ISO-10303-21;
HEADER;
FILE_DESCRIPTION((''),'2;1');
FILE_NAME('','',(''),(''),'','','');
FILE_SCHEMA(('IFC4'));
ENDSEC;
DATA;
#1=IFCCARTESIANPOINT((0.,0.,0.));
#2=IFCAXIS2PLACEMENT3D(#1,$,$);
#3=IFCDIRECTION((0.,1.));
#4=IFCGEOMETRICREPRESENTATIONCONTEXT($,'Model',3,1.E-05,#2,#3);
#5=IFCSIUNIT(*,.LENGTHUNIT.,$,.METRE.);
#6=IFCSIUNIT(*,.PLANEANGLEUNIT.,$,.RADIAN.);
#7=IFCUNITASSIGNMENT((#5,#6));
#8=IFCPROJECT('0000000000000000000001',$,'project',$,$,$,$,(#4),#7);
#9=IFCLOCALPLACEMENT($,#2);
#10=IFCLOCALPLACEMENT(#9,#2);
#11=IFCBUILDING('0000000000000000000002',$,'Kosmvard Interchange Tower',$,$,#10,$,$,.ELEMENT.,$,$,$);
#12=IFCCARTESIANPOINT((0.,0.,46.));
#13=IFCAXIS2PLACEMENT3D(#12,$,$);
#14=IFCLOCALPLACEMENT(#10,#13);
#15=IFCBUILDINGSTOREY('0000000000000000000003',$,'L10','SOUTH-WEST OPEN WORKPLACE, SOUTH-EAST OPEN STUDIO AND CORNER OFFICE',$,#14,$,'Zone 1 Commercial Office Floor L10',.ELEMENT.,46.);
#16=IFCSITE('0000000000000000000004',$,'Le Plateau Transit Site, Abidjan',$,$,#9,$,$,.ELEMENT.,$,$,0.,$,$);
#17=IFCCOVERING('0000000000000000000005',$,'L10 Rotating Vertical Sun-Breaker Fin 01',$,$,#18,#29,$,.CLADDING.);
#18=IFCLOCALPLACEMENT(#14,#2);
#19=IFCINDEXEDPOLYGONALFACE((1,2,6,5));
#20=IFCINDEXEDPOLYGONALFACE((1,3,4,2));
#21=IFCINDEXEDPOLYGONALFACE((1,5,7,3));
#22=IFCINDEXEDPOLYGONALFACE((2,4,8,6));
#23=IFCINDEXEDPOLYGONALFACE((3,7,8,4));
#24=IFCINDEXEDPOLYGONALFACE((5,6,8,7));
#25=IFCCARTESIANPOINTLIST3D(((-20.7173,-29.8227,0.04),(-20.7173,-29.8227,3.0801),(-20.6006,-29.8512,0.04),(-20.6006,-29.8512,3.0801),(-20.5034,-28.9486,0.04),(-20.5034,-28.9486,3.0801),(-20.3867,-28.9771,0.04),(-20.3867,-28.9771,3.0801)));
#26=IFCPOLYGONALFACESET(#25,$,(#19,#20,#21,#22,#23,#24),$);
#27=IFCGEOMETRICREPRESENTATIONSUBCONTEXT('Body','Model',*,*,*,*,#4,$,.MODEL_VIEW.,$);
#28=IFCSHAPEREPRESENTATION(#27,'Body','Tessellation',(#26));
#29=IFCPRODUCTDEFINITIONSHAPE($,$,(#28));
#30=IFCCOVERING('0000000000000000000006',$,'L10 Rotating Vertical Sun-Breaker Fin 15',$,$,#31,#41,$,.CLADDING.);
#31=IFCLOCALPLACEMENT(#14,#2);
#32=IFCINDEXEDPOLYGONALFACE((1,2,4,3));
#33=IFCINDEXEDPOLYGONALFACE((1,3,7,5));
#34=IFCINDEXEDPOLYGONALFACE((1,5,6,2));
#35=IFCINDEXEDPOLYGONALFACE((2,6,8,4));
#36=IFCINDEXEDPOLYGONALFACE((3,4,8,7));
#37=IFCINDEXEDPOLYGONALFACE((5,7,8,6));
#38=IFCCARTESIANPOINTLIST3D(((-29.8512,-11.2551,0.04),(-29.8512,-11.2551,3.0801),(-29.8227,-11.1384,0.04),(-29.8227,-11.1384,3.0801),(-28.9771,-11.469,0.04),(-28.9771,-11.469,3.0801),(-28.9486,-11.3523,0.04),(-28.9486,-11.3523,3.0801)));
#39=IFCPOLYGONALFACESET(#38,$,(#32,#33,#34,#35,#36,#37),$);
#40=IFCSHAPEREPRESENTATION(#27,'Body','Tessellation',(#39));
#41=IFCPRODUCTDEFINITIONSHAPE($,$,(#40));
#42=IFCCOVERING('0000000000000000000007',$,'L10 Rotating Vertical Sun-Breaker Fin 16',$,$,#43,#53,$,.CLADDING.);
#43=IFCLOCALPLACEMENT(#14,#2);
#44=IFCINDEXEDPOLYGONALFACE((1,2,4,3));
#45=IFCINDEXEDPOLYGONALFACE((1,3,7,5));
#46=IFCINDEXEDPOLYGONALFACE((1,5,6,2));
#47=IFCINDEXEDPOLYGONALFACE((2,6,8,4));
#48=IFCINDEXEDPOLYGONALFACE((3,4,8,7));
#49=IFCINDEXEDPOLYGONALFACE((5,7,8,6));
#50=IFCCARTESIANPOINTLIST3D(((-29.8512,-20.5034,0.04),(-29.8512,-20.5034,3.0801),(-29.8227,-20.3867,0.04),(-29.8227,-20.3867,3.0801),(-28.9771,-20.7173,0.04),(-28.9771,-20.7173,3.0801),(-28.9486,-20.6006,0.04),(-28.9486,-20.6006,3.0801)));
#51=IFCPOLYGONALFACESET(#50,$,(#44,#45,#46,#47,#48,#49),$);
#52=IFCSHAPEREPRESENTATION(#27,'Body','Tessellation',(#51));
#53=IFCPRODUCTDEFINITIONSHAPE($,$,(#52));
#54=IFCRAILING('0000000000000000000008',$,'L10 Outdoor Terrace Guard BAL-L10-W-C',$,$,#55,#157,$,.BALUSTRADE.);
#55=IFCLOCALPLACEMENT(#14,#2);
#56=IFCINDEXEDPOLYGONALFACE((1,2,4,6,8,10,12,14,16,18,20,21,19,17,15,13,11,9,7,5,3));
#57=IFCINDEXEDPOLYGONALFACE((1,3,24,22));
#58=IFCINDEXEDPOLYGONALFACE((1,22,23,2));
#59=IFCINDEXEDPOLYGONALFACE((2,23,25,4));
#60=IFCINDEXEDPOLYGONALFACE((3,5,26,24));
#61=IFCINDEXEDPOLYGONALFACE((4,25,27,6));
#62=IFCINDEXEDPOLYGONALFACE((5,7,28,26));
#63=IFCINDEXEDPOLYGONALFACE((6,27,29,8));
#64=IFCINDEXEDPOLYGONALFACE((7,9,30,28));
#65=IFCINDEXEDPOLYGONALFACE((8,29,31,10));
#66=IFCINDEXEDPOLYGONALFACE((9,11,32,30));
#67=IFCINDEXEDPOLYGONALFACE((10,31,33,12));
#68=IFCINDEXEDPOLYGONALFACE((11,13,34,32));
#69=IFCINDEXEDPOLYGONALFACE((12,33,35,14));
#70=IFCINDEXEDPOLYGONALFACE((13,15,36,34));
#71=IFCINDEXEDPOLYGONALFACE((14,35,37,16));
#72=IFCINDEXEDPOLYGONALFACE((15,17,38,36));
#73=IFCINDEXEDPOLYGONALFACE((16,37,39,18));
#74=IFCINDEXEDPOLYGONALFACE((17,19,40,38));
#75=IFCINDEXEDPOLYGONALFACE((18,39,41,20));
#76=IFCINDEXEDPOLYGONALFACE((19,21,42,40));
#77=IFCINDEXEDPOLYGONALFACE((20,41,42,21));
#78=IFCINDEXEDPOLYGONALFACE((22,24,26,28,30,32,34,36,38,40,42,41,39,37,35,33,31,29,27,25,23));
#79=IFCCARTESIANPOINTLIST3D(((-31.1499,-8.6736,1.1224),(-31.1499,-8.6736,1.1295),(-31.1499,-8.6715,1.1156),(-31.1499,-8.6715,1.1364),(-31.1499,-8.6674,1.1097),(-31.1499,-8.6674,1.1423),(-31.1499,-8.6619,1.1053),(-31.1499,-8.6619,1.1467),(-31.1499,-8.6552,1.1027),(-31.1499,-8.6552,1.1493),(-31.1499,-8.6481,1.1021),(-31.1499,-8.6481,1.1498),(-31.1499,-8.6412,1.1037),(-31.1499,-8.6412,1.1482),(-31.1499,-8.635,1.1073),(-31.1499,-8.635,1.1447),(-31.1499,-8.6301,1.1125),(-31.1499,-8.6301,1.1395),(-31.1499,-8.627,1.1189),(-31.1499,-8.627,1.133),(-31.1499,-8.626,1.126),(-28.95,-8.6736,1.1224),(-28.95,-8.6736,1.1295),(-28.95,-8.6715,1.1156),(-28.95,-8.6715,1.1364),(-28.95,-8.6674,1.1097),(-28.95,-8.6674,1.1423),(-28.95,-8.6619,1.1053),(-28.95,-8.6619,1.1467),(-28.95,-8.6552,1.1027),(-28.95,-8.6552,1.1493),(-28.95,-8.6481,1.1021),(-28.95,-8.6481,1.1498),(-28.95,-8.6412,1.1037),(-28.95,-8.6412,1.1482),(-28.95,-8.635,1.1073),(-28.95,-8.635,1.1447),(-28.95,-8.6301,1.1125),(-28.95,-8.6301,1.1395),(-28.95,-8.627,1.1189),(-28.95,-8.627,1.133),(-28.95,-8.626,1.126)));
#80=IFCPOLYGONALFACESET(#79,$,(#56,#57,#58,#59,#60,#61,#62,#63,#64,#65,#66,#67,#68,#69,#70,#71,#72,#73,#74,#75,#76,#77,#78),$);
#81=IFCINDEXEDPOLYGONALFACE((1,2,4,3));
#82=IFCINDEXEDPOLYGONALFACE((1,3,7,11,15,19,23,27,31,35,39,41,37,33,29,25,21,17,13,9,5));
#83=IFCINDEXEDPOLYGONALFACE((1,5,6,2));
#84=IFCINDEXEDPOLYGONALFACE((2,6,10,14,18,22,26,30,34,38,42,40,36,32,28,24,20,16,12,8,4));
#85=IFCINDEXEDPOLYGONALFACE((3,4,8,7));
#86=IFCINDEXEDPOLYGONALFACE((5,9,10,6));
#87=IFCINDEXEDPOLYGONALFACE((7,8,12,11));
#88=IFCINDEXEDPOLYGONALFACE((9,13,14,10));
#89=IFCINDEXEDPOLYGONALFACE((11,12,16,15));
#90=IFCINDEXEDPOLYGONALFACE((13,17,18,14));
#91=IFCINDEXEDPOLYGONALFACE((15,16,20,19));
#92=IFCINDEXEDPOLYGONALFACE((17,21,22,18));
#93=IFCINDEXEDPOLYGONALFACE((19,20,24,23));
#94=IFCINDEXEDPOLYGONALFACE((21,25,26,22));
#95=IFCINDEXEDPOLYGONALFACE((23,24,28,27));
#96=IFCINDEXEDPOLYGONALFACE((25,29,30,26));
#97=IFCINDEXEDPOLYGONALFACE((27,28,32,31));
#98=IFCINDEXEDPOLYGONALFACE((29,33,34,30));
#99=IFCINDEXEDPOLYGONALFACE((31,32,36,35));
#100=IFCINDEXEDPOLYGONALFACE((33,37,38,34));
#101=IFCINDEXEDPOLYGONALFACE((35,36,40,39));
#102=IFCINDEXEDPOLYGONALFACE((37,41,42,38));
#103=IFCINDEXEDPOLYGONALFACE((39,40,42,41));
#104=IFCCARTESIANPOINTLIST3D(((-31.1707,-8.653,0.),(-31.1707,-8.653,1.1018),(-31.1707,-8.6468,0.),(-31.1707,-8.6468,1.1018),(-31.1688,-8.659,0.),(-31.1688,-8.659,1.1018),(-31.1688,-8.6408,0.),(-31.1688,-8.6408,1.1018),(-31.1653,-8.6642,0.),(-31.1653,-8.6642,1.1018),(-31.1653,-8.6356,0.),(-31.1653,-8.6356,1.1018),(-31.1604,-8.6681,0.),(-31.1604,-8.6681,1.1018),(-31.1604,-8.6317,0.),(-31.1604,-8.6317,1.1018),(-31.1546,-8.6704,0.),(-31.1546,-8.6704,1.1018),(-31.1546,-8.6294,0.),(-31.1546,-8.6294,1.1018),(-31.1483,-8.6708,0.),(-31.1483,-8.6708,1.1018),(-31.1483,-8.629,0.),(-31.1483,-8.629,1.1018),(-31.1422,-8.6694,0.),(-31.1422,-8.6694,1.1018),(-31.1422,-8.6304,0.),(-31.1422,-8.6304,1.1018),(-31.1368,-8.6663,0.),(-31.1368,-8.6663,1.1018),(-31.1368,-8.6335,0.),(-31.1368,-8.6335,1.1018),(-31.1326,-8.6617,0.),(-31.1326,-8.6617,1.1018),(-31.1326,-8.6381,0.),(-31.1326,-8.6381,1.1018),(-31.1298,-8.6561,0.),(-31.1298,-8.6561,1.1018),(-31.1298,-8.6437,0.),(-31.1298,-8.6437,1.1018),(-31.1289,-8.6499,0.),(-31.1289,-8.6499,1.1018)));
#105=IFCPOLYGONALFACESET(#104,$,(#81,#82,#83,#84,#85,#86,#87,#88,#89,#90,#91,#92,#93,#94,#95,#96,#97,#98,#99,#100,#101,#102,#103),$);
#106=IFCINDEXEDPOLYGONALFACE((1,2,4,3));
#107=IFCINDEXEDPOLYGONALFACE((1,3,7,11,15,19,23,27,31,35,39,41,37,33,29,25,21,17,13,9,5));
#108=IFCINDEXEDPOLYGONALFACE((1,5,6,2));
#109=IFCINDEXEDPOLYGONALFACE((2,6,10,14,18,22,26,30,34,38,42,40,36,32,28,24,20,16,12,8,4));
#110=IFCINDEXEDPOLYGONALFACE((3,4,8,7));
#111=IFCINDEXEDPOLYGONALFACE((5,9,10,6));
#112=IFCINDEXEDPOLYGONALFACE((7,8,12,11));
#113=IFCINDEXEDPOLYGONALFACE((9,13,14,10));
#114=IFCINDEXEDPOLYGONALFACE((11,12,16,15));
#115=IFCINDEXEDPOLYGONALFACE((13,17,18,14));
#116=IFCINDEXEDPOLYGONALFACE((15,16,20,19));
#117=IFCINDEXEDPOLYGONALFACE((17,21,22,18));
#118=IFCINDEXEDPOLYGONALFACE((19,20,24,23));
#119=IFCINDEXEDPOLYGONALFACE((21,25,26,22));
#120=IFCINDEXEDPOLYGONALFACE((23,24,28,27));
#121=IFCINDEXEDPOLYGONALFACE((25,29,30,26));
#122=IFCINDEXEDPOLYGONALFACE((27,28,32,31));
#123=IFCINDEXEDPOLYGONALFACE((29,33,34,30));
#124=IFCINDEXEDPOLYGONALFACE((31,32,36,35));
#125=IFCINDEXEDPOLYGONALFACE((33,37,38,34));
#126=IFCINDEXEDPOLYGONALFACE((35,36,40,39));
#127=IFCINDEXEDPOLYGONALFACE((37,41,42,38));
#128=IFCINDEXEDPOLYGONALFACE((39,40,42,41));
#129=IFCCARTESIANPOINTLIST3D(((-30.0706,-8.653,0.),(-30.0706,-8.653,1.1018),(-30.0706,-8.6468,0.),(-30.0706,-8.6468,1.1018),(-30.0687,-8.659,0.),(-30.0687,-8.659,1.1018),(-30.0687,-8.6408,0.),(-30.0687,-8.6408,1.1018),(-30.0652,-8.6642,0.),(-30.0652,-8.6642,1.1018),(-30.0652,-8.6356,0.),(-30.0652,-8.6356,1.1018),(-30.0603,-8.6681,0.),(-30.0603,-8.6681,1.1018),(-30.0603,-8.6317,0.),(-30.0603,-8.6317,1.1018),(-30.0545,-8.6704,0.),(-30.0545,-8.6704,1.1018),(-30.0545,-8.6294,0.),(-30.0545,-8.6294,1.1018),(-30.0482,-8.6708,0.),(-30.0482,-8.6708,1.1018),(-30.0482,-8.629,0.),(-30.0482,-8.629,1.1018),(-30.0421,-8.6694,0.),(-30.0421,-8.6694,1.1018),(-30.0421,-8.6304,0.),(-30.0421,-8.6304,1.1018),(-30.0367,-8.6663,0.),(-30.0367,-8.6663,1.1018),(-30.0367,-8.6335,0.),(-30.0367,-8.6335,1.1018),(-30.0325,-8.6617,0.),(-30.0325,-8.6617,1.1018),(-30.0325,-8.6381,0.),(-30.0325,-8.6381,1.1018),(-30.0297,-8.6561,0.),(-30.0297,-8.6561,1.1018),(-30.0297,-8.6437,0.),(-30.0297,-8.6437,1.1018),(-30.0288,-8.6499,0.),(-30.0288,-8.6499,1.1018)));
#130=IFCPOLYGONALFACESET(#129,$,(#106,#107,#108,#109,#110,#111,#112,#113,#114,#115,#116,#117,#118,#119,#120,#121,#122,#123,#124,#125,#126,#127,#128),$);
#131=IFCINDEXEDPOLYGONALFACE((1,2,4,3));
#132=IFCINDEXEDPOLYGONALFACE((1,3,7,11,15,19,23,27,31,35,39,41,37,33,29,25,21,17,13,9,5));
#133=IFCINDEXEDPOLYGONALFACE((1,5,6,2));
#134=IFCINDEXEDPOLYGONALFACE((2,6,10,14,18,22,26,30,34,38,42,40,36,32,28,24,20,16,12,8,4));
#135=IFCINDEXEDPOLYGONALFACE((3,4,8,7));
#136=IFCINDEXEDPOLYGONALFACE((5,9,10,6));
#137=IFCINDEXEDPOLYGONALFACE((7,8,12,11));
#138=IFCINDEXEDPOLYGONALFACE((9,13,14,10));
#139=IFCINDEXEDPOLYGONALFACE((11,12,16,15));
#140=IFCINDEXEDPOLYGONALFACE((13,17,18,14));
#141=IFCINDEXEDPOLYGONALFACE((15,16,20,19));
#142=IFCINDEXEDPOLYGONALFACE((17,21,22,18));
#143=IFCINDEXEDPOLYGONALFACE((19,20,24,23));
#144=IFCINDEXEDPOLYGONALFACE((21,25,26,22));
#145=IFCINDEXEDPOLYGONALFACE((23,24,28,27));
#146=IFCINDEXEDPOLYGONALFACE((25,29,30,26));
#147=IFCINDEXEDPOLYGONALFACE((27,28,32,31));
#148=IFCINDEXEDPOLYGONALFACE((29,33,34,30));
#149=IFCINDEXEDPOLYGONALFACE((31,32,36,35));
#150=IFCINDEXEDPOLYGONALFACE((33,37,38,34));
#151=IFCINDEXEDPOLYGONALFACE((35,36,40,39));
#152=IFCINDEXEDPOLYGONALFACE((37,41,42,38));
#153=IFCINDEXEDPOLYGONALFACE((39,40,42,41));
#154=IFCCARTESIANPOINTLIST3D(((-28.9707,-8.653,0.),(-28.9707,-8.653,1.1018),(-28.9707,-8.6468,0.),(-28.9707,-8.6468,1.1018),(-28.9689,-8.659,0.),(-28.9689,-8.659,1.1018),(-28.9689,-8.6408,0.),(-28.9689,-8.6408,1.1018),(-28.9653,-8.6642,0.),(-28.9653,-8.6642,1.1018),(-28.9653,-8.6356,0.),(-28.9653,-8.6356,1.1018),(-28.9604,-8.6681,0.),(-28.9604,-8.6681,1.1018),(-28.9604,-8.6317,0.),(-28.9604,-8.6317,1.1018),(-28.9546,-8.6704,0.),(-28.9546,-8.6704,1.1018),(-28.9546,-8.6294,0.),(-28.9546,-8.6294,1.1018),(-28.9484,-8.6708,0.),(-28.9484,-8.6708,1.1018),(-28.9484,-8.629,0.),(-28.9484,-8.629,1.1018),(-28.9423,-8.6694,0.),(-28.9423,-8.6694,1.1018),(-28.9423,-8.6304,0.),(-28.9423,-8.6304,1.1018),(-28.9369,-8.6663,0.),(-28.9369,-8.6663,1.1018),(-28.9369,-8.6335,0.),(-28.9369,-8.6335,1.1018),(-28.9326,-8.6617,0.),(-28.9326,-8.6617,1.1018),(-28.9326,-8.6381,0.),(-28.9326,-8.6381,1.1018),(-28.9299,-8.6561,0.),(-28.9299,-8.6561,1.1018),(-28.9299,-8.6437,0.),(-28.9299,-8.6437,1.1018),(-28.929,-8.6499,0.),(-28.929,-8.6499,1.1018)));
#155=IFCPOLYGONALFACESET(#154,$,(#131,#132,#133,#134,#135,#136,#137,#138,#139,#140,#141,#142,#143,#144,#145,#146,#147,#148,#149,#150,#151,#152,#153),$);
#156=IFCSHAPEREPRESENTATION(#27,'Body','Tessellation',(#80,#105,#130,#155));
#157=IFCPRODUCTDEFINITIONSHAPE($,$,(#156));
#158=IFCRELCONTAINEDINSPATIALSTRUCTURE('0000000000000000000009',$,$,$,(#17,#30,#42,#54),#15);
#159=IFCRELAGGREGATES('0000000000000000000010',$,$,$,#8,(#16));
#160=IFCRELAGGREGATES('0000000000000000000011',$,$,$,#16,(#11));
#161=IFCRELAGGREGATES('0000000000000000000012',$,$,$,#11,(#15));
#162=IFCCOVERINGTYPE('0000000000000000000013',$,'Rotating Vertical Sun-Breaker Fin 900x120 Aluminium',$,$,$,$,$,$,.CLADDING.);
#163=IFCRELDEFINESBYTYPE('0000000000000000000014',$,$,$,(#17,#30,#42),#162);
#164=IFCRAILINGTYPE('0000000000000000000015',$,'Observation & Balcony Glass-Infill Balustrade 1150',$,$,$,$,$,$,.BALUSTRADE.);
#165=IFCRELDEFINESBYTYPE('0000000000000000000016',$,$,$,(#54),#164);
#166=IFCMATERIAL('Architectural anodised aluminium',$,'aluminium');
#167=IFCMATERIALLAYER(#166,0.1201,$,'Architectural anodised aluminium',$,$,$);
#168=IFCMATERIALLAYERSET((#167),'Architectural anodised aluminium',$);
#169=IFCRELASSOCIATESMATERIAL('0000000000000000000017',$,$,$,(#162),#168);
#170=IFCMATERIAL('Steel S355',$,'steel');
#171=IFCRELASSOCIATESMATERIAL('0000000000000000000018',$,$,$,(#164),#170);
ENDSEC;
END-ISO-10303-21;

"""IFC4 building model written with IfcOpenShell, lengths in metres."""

from ifc_helpers import new_model, si_unit, direction, frame, origin, origin_2d, place, context, subcontext, project, spatial, rectangle, circle, extrude, source, transform, mapped, material, layer, layer_set, type_object, element, save


model = new_model("IFC4")

# Units and contexts
model_context = context("Model", 3, precision=1e-05, world=origin(), true_north=direction((0.0, 1.0)))
body_context = subcontext(model_context, "Body", "Model", "MODEL_VIEW")
ifc_project = project(units=[si_unit("LENGTHUNIT", "METRE"), si_unit("PLANEANGLEUNIT", "RADIAN")], contexts=[model_context])

# Site, building, storey
site_placement = place(None, origin())
site = spatial("IfcSite", under=ifc_project, at=site_placement, Name="Le Plateau Transit Site, Abidjan", CompositionType="ELEMENT", RefElevation=0.0)
building_placement = place(site_placement, origin())
building = spatial("IfcBuilding", under=site, at=building_placement, Name="Kosmvard Interchange Tower", CompositionType="ELEMENT")
storey_placement = place(building_placement, frame((0.0, 0.0, 46.0)))
storey = spatial("IfcBuildingStorey", under=building, at=storey_placement, Name="L10", Description="SOUTH-WEST OPEN WORKPLACE, SOUTH-EAST OPEN STUDIO AND CORNER OFFICE", LongName="Zone 1 Commercial Office Floor L10", CompositionType="ELEMENT", Elevation=46.0)

# Shared definitions
ifc_material_1 = material(Name="Steel S355", Category="steel")

# Coverings
ifc_material_2 = material(Name="Architectural anodised aluminium", Category="aluminium")
ifc_layer_1 = layer(ifc_material_2, 0.1201, Name="Architectural anodised aluminium")
ifc_layer_set_1 = layer_set([ifc_layer_1], Name="Architectural anodised aluminium")
covering_type = type_object("IfcCoveringType", Name="Rotating Vertical Sun-Breaker Fin 900x120 Aluminium", PredefinedType="CLADDING", material=ifc_layer_set_1)
shared_shape_1 = source(origin(), body_context, "Body", "SweptSolid", [
    extrude(rectangle(XDim=0.8999, YDim=0.1201, at=origin_2d()), origin(), (0.0, 0.0, 1.0), 3.04),
])
for number, where, z_axis, x_axis, name in (
    (1, (-20.552, -29.3999, 0.04), (0.0, 0.0, 1.0), (-0.237686, -0.971342, 0.0), "L10 Rotating Vertical Sun-Breaker Fin 01"),
    (2, (-29.3999, -11.3037, 0.04), (0.0, 0.0, 1.0), (-0.971342, 0.237686, 0.0), "L10 Rotating Vertical Sun-Breaker Fin 15"),
    (3, (-29.3999, -20.552, 0.04), (0.0, 0.0, 1.0), (-0.971342, 0.237686, 0.0), "L10 Rotating Vertical Sun-Breaker Fin 16"),
):
    element("IfcCovering", number, at=place(storey_placement, frame(where, z_axis=z_axis, x_axis=x_axis)), inside=storey, type_object=covering_type, Name=name, PredefinedType="CLADDING", context=body_context, shape_type="MappedRepresentation", body=[
        mapped(shared_shape_1, transform((0.0, 0.0, 0.0), scale=1.0)),
    ])

# Railing
railing_type = type_object("IfcRailingType", Name="Observation & Balcony Glass-Infill Balustrade 1150", PredefinedType="BALUSTRADE", material=ifc_material_1)
shared_shape_2 = source(origin(), body_context, "Body", "SweptSolid", [
    extrude(circle(Radius=0.0239, at=origin_2d()), frame((0.0, 0.0, 1.126), z_axis=(1.0, 0.0, 0.0), x_axis=(0.0, 1.0, 0.0)), (0.0, 0.0, 1.0), 2.2),
    extrude(circle(Radius=0.021, at=origin_2d()), origin(), (0.0, 0.0, 1.0), 1.1018),
    extrude(circle(Radius=0.021, at=origin_2d()), frame((1.1001, 0.0, 0.0)), (0.0, 0.0, 1.0), 1.1018),
    extrude(circle(Radius=0.021, at=origin_2d()), frame((2.2, 0.0, 0.0)), (0.0, 0.0, 1.0), 1.1018),
])
railing_1_placement = place(storey_placement, frame((-31.1499, -8.6499, 0.0)))
element("IfcRailing", 4, at=railing_1_placement, inside=storey, type_object=railing_type, Name="L10 Outdoor Terrace Guard BAL-L10-W-C", PredefinedType="BALUSTRADE", context=body_context, shape_type="MappedRepresentation", body=[
    mapped(shared_shape_2, transform((0.0, 0.0, 0.0), scale=1.0)),
])

save(model, "model.ifc")
